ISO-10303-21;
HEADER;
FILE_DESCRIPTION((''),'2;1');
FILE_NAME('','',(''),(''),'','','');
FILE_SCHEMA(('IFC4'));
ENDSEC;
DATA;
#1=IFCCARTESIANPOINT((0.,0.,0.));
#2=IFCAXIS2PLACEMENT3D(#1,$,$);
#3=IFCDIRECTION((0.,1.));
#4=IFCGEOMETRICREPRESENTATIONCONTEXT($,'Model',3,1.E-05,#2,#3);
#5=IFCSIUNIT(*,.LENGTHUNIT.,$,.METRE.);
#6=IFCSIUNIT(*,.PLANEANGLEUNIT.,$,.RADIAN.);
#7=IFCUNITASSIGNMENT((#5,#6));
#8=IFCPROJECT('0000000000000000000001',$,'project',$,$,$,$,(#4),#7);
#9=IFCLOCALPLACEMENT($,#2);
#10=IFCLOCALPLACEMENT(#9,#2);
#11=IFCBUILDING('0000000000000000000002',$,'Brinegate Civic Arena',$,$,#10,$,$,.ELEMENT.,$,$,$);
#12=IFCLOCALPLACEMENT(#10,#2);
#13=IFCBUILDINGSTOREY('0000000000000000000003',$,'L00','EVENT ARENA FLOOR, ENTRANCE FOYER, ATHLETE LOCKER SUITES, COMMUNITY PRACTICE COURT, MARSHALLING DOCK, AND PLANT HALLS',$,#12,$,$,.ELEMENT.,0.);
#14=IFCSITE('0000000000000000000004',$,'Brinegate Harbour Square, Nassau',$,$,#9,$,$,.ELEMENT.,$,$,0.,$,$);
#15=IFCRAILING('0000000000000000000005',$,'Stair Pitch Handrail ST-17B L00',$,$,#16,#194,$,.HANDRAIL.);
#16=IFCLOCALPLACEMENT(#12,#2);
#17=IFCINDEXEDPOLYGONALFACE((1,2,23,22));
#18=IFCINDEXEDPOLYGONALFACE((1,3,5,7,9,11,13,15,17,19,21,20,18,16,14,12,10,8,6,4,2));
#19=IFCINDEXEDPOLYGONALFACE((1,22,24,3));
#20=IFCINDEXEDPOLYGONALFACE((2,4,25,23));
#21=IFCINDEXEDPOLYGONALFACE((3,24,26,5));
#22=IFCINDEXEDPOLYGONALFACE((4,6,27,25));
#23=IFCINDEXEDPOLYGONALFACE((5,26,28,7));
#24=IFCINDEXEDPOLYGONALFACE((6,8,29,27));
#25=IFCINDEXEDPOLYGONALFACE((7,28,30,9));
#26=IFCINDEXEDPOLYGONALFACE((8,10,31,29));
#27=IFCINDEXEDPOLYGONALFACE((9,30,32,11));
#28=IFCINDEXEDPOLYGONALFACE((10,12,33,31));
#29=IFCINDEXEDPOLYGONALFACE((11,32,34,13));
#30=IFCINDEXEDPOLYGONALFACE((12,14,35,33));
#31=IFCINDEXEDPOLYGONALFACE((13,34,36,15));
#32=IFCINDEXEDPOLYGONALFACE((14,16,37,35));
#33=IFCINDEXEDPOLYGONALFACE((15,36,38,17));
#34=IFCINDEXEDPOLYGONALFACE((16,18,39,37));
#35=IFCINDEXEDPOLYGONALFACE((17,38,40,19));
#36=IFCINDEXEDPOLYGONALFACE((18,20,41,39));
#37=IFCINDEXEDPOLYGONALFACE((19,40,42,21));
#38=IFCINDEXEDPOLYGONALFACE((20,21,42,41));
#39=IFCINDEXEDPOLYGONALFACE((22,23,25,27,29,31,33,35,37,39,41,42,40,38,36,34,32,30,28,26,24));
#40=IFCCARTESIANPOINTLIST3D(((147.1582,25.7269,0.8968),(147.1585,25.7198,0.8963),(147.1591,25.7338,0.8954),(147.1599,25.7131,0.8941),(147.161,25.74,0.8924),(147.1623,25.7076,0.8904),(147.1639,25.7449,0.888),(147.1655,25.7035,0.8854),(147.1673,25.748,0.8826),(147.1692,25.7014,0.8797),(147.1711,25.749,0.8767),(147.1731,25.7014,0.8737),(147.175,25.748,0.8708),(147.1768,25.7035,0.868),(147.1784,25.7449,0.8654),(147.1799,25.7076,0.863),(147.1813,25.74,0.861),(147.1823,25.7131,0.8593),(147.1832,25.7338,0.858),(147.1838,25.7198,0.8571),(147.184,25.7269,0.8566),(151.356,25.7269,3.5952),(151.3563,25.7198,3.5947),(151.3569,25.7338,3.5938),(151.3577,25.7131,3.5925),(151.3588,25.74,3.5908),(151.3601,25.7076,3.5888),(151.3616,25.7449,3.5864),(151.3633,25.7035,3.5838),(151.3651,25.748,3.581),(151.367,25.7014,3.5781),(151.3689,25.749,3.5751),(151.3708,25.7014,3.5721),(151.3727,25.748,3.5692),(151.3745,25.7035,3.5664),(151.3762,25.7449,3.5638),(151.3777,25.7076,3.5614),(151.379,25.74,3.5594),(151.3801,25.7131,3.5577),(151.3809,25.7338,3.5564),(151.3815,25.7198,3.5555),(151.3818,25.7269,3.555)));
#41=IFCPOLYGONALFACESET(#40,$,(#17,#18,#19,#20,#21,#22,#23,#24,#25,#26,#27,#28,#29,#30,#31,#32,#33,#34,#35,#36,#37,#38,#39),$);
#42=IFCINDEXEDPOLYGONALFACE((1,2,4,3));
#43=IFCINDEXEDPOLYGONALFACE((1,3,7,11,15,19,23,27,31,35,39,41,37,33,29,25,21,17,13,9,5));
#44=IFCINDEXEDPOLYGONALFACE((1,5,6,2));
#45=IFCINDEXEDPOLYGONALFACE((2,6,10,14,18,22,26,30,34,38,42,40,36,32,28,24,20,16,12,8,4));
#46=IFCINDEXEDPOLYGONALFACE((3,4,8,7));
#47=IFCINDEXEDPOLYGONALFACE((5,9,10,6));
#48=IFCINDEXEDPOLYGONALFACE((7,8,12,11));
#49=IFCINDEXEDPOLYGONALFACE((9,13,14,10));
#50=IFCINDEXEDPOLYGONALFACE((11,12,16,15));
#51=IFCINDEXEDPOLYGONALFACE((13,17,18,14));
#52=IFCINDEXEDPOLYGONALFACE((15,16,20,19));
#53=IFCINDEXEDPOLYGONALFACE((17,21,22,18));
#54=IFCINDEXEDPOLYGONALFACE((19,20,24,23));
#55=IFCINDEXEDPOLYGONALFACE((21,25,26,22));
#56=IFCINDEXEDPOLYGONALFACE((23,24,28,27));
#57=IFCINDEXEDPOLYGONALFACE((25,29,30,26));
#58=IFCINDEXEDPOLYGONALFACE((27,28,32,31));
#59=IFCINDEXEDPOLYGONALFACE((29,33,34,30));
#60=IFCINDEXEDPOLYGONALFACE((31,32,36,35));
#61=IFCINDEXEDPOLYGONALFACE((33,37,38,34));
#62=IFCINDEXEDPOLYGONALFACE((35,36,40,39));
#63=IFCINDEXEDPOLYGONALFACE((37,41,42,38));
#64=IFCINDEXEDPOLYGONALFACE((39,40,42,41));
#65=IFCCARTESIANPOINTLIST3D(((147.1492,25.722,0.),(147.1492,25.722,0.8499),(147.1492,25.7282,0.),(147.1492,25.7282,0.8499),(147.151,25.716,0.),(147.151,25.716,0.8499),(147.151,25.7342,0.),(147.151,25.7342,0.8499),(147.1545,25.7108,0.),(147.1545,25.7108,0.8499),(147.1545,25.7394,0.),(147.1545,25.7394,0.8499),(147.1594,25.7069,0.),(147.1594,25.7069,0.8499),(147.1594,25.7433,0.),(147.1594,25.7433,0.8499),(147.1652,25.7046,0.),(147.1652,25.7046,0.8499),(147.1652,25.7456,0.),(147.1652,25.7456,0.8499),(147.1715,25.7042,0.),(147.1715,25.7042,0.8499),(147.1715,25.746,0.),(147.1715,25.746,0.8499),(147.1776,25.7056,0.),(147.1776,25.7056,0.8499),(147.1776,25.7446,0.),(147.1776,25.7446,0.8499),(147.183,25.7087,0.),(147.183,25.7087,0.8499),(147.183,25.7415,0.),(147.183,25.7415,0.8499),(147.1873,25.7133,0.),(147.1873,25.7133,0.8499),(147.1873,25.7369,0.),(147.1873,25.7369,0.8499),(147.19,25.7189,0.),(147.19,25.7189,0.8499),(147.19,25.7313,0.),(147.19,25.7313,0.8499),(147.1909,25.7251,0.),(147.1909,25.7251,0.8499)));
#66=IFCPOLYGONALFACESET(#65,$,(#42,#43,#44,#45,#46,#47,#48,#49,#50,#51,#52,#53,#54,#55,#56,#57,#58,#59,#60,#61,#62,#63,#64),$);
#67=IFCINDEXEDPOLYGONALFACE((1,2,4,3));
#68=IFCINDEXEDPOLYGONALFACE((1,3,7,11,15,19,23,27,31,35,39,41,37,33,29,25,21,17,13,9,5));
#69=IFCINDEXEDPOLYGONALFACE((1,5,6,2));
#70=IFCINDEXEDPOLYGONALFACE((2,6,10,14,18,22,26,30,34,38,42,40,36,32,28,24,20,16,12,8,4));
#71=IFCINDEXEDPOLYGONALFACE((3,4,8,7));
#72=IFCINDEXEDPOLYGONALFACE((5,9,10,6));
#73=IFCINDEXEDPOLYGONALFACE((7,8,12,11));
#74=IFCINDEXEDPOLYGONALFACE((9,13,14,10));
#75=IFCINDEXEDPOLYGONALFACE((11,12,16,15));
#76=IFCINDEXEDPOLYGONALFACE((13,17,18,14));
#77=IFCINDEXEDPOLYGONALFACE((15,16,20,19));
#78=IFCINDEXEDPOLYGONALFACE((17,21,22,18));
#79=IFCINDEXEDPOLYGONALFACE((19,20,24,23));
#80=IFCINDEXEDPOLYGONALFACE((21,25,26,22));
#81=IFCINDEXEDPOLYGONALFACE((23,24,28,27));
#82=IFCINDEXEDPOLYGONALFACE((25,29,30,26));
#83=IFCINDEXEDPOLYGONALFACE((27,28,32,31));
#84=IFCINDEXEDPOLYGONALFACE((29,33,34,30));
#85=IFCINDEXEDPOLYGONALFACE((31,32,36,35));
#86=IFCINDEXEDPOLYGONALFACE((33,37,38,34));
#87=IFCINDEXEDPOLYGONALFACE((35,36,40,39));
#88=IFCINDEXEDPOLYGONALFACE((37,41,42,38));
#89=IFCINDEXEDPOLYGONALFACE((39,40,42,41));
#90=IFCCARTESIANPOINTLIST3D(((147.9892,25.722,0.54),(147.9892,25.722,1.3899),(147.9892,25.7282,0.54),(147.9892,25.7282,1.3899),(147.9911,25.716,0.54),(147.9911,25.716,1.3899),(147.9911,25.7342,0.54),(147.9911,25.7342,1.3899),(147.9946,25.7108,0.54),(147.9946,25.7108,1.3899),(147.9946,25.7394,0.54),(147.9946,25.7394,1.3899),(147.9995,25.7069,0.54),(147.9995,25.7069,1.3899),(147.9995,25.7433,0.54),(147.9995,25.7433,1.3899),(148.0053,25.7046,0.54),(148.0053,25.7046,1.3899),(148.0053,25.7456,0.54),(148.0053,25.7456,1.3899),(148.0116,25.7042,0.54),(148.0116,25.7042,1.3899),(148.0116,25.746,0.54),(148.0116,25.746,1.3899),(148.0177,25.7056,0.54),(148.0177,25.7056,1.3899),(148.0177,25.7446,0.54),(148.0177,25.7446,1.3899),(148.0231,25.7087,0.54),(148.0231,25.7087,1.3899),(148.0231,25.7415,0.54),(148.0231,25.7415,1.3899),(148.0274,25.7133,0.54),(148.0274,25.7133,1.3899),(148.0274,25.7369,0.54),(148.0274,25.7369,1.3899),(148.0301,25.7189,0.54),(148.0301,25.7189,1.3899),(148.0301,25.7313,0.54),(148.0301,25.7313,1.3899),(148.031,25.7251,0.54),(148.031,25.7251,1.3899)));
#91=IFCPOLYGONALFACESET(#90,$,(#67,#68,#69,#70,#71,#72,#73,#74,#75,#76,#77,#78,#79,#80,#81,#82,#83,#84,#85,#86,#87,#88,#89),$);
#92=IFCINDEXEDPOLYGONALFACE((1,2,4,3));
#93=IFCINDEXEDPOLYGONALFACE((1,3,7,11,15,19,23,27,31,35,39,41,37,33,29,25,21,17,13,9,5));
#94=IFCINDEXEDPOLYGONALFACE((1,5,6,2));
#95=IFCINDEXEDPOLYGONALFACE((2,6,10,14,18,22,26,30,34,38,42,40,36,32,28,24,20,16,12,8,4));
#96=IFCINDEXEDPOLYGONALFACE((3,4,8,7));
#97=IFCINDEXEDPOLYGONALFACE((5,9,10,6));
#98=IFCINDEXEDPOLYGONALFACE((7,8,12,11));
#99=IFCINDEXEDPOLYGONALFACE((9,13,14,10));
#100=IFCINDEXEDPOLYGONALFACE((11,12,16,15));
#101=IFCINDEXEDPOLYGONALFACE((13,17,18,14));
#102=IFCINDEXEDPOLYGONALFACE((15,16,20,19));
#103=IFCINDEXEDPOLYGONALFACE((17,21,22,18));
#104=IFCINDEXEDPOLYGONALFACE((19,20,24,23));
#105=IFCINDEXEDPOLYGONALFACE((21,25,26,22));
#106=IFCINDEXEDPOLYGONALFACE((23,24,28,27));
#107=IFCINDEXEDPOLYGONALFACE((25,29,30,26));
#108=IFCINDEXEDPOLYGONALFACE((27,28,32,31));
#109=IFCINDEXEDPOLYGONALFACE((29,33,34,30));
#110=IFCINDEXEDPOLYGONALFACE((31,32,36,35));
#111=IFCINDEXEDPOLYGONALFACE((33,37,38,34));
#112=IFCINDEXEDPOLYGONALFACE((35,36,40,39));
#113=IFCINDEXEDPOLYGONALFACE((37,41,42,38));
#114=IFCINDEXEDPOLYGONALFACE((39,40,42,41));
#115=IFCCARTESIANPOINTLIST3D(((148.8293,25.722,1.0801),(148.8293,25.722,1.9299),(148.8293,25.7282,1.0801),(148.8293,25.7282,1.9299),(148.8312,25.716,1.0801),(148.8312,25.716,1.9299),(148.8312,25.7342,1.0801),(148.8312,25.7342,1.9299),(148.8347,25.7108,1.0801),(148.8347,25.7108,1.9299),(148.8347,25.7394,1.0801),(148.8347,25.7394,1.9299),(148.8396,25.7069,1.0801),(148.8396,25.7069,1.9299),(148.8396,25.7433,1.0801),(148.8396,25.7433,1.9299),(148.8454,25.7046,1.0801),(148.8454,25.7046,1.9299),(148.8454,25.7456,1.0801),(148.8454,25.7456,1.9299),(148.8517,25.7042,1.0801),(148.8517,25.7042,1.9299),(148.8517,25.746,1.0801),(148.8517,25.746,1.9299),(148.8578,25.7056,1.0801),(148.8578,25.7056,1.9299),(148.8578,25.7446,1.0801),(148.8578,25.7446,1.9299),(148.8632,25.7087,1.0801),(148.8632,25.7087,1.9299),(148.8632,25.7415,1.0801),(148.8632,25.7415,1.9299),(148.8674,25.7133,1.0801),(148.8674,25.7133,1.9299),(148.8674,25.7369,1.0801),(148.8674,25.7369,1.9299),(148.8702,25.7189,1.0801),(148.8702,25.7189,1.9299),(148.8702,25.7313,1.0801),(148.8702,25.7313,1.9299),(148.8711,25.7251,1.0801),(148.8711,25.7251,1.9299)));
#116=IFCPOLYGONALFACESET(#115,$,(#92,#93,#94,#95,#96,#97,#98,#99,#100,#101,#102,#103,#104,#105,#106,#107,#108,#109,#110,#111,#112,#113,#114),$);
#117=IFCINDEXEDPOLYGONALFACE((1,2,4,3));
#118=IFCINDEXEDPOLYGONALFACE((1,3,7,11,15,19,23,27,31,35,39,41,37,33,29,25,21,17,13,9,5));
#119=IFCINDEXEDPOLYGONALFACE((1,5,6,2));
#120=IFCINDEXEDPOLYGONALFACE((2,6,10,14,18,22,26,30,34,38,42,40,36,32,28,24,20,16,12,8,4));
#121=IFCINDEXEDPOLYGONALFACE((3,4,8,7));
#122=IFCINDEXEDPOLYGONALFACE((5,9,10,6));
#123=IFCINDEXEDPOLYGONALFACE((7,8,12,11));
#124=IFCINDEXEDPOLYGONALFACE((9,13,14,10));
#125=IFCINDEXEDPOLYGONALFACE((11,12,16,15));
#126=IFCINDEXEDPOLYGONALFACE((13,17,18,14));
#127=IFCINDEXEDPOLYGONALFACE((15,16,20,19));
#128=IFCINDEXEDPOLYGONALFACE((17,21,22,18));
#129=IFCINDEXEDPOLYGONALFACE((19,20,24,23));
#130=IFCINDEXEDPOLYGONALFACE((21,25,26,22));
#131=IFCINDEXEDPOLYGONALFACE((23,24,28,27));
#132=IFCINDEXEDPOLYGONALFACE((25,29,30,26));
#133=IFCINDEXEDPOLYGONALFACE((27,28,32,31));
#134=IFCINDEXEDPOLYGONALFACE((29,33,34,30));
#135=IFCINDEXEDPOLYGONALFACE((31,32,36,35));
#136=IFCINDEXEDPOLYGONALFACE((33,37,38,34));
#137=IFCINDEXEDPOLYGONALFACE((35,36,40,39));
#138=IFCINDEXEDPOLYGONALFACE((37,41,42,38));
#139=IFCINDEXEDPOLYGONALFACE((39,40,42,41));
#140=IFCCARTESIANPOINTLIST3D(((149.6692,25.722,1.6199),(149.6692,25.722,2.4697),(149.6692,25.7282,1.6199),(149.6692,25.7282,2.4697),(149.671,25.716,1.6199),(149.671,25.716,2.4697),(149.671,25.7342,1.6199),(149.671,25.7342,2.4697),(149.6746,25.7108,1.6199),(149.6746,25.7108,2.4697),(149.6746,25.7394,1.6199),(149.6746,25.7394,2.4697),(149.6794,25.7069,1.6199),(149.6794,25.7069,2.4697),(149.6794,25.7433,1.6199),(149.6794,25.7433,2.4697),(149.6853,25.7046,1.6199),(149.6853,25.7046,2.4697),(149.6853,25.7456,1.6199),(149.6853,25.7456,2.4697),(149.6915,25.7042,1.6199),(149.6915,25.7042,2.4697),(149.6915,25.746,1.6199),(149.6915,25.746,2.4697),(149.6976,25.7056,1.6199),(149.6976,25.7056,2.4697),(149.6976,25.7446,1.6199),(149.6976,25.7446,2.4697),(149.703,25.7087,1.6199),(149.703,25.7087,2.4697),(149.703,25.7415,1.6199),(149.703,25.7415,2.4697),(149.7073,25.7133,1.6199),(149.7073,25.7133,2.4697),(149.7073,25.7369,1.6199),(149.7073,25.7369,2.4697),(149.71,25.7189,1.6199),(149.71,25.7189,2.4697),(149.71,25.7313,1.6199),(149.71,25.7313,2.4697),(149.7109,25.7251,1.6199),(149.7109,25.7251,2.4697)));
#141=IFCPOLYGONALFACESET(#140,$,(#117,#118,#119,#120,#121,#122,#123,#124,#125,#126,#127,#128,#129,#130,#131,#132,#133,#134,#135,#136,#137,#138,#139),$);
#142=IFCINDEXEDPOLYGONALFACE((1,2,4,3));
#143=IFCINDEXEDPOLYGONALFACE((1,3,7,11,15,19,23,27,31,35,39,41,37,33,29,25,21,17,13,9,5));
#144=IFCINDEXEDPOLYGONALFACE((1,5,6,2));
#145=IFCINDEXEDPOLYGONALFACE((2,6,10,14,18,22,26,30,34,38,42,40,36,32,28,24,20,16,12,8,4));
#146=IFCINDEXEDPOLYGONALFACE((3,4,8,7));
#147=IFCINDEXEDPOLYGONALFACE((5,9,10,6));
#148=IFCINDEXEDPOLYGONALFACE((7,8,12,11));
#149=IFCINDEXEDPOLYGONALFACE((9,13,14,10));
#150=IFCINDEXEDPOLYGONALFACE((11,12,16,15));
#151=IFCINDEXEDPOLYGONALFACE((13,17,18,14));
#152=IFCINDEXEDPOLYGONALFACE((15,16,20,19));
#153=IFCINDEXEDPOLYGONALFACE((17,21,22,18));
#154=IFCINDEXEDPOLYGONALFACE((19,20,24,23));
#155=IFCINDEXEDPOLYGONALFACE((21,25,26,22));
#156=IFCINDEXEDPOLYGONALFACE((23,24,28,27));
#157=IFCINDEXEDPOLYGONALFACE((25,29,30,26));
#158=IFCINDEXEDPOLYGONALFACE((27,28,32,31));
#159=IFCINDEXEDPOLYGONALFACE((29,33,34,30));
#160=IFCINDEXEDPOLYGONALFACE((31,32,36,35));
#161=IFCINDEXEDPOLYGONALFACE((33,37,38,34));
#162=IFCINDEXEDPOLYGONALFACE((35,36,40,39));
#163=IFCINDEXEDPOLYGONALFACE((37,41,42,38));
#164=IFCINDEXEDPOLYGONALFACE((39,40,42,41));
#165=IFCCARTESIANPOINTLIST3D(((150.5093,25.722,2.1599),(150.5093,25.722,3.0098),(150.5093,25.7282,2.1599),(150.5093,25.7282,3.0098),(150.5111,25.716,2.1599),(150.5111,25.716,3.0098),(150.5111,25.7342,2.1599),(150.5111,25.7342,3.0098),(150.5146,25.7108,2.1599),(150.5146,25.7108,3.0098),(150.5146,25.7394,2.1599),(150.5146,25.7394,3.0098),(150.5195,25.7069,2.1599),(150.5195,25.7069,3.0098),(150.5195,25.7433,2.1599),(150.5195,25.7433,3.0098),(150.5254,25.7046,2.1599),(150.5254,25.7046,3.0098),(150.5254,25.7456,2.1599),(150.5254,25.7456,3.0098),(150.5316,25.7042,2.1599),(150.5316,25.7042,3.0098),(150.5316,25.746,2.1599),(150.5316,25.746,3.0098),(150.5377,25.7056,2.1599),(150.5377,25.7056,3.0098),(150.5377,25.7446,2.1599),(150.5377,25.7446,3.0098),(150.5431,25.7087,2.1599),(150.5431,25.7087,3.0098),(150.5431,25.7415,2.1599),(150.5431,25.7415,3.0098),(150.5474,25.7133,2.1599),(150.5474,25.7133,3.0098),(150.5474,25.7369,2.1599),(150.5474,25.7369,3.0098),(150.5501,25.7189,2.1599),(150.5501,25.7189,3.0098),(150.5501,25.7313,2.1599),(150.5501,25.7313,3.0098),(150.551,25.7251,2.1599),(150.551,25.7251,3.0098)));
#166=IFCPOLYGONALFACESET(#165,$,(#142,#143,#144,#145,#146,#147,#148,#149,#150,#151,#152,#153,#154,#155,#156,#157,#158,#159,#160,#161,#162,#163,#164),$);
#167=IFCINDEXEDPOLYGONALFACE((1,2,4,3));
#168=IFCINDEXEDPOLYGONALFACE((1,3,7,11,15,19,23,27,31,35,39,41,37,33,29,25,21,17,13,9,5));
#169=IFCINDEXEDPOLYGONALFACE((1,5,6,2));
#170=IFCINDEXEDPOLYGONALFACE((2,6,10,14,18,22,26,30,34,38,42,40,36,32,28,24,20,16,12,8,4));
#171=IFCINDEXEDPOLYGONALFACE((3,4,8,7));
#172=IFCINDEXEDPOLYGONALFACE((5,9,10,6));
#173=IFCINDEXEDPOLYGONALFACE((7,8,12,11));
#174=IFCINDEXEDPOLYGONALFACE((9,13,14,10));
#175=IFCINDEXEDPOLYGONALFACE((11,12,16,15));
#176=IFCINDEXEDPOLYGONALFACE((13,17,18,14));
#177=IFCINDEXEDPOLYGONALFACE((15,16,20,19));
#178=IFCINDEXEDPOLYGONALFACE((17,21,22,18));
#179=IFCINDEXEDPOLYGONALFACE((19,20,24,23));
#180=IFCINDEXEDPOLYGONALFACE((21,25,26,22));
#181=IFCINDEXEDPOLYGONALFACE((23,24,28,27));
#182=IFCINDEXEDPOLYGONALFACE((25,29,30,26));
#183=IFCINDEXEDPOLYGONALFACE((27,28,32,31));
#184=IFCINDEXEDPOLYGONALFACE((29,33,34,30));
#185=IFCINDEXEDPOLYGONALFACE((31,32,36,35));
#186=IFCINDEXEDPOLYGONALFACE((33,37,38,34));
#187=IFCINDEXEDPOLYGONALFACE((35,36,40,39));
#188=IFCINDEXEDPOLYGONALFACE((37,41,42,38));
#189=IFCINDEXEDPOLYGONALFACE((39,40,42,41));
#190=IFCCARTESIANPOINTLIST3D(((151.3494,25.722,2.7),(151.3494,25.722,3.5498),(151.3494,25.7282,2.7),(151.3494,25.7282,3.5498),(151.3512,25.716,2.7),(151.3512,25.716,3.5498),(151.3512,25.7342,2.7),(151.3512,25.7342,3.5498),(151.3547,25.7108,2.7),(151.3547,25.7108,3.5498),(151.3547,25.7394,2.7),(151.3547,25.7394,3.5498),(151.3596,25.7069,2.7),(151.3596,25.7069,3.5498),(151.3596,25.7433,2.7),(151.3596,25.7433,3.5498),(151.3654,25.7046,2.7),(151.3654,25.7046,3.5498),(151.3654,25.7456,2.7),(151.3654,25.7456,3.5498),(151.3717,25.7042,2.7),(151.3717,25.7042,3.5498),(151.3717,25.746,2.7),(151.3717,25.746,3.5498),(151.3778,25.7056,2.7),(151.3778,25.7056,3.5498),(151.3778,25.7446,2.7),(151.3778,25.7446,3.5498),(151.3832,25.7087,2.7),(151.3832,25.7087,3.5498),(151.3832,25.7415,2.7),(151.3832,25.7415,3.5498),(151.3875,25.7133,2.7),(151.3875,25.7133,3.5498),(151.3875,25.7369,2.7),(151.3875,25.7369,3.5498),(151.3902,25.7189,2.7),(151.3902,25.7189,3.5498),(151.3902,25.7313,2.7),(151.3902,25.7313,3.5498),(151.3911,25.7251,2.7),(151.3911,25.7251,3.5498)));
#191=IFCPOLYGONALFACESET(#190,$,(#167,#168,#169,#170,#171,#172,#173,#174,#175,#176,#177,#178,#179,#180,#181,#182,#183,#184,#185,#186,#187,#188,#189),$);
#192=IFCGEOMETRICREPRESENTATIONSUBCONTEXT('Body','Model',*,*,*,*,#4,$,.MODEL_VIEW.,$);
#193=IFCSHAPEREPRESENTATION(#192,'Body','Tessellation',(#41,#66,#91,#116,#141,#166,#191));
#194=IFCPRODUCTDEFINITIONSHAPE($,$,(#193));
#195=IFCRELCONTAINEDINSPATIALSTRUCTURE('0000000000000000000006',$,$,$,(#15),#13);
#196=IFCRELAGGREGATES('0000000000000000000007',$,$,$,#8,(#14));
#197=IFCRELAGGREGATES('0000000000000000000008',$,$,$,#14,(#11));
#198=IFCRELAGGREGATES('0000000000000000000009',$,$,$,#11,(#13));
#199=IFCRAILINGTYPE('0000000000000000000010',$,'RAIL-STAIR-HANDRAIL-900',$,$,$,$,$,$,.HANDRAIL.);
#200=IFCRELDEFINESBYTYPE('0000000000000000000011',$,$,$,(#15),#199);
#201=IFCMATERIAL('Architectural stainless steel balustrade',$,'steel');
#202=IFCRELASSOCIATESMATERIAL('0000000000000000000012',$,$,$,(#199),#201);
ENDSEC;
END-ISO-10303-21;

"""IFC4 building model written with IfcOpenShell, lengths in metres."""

from ifc_helpers import new_model, si_unit, direction, frame, origin, origin_2d, place, context, subcontext, project, spatial, circle, extrude, material, type_object, element, save


model = new_model("IFC4")

# Units and contexts
model_context = context("Model", 3, precision=1e-05, world=origin(), true_north=direction((0.0, 1.0)))
body_context = subcontext(model_context, "Body", "Model", "MODEL_VIEW")
ifc_project = project(units=[si_unit("LENGTHUNIT", "METRE"), si_unit("PLANEANGLEUNIT", "RADIAN")], contexts=[model_context])

# Site, building, storey
site_placement = place(None, origin())
site = spatial("IfcSite", under=ifc_project, at=site_placement, Name="Brinegate Harbour Square, Nassau", CompositionType="ELEMENT", RefElevation=0.0)
building_placement = place(site_placement, origin())
building = spatial("IfcBuilding", under=site, at=building_placement, Name="Brinegate Civic Arena", CompositionType="ELEMENT")
storey_placement = place(building_placement, origin())
storey = spatial("IfcBuildingStorey", under=building, at=storey_placement, Name="L00", Description="EVENT ARENA FLOOR, ENTRANCE FOYER, ATHLETE LOCKER SUITES, COMMUNITY PRACTICE COURT, MARSHALLING DOCK, AND PLANT HALLS", CompositionType="ELEMENT", Elevation=0.0)

# Railing
ifc_material_1 = material(Name="Architectural stainless steel balustrade", Category="steel")
railing_type = type_object("IfcRailingType", Name="RAIL-STAIR-HANDRAIL-900", PredefinedType="HANDRAIL", material=ifc_material_1)
for number, where, name in (
    (1, (147.1699, 25.7251, 0.0), "Stair Pitch Handrail ST-17B L00"),
):
    element("IfcRailing", number, at=place(storey_placement, frame(where)), inside=storey, type_object=railing_type, Name=name, PredefinedType="HANDRAIL", context=body_context, shape_type="SweptSolid", body=[
        extrude(circle(Radius=0.0239, at=origin_2d()), frame((0.0012, 0.0, 0.8767), z_axis=(0.841194, 0.0, 0.540733), x_axis=(0.0, 1.0, 0.0)), (0.0, 0.0, 1.0), 4.9902),
        extrude(circle(Radius=0.021, at=origin_2d()), origin(), (0.0, 0.0, 1.0), 0.8499),
        extrude(circle(Radius=0.021, at=origin_2d()), frame((0.8401, 0.0, 0.54)), (0.0, 0.0, 1.0), 0.8499),
        extrude(circle(Radius=0.021, at=origin_2d()), frame((1.6802, 0.0, 1.0801)), (0.0, 0.0, 1.0), 0.8499),
        extrude(circle(Radius=0.021, at=origin_2d()), frame((2.52, 0.0, 1.6199)), (0.0, 0.0, 1.0), 0.8499),
        extrude(circle(Radius=0.021, at=origin_2d()), frame((3.3601, 0.0, 2.1599)), (0.0, 0.0, 1.0), 0.8499),
        extrude(circle(Radius=0.021, at=origin_2d()), frame((4.2002, 0.0, 2.7)), (0.0, 0.0, 1.0), 0.8499),
    ])

save(model, "model.ifc")
